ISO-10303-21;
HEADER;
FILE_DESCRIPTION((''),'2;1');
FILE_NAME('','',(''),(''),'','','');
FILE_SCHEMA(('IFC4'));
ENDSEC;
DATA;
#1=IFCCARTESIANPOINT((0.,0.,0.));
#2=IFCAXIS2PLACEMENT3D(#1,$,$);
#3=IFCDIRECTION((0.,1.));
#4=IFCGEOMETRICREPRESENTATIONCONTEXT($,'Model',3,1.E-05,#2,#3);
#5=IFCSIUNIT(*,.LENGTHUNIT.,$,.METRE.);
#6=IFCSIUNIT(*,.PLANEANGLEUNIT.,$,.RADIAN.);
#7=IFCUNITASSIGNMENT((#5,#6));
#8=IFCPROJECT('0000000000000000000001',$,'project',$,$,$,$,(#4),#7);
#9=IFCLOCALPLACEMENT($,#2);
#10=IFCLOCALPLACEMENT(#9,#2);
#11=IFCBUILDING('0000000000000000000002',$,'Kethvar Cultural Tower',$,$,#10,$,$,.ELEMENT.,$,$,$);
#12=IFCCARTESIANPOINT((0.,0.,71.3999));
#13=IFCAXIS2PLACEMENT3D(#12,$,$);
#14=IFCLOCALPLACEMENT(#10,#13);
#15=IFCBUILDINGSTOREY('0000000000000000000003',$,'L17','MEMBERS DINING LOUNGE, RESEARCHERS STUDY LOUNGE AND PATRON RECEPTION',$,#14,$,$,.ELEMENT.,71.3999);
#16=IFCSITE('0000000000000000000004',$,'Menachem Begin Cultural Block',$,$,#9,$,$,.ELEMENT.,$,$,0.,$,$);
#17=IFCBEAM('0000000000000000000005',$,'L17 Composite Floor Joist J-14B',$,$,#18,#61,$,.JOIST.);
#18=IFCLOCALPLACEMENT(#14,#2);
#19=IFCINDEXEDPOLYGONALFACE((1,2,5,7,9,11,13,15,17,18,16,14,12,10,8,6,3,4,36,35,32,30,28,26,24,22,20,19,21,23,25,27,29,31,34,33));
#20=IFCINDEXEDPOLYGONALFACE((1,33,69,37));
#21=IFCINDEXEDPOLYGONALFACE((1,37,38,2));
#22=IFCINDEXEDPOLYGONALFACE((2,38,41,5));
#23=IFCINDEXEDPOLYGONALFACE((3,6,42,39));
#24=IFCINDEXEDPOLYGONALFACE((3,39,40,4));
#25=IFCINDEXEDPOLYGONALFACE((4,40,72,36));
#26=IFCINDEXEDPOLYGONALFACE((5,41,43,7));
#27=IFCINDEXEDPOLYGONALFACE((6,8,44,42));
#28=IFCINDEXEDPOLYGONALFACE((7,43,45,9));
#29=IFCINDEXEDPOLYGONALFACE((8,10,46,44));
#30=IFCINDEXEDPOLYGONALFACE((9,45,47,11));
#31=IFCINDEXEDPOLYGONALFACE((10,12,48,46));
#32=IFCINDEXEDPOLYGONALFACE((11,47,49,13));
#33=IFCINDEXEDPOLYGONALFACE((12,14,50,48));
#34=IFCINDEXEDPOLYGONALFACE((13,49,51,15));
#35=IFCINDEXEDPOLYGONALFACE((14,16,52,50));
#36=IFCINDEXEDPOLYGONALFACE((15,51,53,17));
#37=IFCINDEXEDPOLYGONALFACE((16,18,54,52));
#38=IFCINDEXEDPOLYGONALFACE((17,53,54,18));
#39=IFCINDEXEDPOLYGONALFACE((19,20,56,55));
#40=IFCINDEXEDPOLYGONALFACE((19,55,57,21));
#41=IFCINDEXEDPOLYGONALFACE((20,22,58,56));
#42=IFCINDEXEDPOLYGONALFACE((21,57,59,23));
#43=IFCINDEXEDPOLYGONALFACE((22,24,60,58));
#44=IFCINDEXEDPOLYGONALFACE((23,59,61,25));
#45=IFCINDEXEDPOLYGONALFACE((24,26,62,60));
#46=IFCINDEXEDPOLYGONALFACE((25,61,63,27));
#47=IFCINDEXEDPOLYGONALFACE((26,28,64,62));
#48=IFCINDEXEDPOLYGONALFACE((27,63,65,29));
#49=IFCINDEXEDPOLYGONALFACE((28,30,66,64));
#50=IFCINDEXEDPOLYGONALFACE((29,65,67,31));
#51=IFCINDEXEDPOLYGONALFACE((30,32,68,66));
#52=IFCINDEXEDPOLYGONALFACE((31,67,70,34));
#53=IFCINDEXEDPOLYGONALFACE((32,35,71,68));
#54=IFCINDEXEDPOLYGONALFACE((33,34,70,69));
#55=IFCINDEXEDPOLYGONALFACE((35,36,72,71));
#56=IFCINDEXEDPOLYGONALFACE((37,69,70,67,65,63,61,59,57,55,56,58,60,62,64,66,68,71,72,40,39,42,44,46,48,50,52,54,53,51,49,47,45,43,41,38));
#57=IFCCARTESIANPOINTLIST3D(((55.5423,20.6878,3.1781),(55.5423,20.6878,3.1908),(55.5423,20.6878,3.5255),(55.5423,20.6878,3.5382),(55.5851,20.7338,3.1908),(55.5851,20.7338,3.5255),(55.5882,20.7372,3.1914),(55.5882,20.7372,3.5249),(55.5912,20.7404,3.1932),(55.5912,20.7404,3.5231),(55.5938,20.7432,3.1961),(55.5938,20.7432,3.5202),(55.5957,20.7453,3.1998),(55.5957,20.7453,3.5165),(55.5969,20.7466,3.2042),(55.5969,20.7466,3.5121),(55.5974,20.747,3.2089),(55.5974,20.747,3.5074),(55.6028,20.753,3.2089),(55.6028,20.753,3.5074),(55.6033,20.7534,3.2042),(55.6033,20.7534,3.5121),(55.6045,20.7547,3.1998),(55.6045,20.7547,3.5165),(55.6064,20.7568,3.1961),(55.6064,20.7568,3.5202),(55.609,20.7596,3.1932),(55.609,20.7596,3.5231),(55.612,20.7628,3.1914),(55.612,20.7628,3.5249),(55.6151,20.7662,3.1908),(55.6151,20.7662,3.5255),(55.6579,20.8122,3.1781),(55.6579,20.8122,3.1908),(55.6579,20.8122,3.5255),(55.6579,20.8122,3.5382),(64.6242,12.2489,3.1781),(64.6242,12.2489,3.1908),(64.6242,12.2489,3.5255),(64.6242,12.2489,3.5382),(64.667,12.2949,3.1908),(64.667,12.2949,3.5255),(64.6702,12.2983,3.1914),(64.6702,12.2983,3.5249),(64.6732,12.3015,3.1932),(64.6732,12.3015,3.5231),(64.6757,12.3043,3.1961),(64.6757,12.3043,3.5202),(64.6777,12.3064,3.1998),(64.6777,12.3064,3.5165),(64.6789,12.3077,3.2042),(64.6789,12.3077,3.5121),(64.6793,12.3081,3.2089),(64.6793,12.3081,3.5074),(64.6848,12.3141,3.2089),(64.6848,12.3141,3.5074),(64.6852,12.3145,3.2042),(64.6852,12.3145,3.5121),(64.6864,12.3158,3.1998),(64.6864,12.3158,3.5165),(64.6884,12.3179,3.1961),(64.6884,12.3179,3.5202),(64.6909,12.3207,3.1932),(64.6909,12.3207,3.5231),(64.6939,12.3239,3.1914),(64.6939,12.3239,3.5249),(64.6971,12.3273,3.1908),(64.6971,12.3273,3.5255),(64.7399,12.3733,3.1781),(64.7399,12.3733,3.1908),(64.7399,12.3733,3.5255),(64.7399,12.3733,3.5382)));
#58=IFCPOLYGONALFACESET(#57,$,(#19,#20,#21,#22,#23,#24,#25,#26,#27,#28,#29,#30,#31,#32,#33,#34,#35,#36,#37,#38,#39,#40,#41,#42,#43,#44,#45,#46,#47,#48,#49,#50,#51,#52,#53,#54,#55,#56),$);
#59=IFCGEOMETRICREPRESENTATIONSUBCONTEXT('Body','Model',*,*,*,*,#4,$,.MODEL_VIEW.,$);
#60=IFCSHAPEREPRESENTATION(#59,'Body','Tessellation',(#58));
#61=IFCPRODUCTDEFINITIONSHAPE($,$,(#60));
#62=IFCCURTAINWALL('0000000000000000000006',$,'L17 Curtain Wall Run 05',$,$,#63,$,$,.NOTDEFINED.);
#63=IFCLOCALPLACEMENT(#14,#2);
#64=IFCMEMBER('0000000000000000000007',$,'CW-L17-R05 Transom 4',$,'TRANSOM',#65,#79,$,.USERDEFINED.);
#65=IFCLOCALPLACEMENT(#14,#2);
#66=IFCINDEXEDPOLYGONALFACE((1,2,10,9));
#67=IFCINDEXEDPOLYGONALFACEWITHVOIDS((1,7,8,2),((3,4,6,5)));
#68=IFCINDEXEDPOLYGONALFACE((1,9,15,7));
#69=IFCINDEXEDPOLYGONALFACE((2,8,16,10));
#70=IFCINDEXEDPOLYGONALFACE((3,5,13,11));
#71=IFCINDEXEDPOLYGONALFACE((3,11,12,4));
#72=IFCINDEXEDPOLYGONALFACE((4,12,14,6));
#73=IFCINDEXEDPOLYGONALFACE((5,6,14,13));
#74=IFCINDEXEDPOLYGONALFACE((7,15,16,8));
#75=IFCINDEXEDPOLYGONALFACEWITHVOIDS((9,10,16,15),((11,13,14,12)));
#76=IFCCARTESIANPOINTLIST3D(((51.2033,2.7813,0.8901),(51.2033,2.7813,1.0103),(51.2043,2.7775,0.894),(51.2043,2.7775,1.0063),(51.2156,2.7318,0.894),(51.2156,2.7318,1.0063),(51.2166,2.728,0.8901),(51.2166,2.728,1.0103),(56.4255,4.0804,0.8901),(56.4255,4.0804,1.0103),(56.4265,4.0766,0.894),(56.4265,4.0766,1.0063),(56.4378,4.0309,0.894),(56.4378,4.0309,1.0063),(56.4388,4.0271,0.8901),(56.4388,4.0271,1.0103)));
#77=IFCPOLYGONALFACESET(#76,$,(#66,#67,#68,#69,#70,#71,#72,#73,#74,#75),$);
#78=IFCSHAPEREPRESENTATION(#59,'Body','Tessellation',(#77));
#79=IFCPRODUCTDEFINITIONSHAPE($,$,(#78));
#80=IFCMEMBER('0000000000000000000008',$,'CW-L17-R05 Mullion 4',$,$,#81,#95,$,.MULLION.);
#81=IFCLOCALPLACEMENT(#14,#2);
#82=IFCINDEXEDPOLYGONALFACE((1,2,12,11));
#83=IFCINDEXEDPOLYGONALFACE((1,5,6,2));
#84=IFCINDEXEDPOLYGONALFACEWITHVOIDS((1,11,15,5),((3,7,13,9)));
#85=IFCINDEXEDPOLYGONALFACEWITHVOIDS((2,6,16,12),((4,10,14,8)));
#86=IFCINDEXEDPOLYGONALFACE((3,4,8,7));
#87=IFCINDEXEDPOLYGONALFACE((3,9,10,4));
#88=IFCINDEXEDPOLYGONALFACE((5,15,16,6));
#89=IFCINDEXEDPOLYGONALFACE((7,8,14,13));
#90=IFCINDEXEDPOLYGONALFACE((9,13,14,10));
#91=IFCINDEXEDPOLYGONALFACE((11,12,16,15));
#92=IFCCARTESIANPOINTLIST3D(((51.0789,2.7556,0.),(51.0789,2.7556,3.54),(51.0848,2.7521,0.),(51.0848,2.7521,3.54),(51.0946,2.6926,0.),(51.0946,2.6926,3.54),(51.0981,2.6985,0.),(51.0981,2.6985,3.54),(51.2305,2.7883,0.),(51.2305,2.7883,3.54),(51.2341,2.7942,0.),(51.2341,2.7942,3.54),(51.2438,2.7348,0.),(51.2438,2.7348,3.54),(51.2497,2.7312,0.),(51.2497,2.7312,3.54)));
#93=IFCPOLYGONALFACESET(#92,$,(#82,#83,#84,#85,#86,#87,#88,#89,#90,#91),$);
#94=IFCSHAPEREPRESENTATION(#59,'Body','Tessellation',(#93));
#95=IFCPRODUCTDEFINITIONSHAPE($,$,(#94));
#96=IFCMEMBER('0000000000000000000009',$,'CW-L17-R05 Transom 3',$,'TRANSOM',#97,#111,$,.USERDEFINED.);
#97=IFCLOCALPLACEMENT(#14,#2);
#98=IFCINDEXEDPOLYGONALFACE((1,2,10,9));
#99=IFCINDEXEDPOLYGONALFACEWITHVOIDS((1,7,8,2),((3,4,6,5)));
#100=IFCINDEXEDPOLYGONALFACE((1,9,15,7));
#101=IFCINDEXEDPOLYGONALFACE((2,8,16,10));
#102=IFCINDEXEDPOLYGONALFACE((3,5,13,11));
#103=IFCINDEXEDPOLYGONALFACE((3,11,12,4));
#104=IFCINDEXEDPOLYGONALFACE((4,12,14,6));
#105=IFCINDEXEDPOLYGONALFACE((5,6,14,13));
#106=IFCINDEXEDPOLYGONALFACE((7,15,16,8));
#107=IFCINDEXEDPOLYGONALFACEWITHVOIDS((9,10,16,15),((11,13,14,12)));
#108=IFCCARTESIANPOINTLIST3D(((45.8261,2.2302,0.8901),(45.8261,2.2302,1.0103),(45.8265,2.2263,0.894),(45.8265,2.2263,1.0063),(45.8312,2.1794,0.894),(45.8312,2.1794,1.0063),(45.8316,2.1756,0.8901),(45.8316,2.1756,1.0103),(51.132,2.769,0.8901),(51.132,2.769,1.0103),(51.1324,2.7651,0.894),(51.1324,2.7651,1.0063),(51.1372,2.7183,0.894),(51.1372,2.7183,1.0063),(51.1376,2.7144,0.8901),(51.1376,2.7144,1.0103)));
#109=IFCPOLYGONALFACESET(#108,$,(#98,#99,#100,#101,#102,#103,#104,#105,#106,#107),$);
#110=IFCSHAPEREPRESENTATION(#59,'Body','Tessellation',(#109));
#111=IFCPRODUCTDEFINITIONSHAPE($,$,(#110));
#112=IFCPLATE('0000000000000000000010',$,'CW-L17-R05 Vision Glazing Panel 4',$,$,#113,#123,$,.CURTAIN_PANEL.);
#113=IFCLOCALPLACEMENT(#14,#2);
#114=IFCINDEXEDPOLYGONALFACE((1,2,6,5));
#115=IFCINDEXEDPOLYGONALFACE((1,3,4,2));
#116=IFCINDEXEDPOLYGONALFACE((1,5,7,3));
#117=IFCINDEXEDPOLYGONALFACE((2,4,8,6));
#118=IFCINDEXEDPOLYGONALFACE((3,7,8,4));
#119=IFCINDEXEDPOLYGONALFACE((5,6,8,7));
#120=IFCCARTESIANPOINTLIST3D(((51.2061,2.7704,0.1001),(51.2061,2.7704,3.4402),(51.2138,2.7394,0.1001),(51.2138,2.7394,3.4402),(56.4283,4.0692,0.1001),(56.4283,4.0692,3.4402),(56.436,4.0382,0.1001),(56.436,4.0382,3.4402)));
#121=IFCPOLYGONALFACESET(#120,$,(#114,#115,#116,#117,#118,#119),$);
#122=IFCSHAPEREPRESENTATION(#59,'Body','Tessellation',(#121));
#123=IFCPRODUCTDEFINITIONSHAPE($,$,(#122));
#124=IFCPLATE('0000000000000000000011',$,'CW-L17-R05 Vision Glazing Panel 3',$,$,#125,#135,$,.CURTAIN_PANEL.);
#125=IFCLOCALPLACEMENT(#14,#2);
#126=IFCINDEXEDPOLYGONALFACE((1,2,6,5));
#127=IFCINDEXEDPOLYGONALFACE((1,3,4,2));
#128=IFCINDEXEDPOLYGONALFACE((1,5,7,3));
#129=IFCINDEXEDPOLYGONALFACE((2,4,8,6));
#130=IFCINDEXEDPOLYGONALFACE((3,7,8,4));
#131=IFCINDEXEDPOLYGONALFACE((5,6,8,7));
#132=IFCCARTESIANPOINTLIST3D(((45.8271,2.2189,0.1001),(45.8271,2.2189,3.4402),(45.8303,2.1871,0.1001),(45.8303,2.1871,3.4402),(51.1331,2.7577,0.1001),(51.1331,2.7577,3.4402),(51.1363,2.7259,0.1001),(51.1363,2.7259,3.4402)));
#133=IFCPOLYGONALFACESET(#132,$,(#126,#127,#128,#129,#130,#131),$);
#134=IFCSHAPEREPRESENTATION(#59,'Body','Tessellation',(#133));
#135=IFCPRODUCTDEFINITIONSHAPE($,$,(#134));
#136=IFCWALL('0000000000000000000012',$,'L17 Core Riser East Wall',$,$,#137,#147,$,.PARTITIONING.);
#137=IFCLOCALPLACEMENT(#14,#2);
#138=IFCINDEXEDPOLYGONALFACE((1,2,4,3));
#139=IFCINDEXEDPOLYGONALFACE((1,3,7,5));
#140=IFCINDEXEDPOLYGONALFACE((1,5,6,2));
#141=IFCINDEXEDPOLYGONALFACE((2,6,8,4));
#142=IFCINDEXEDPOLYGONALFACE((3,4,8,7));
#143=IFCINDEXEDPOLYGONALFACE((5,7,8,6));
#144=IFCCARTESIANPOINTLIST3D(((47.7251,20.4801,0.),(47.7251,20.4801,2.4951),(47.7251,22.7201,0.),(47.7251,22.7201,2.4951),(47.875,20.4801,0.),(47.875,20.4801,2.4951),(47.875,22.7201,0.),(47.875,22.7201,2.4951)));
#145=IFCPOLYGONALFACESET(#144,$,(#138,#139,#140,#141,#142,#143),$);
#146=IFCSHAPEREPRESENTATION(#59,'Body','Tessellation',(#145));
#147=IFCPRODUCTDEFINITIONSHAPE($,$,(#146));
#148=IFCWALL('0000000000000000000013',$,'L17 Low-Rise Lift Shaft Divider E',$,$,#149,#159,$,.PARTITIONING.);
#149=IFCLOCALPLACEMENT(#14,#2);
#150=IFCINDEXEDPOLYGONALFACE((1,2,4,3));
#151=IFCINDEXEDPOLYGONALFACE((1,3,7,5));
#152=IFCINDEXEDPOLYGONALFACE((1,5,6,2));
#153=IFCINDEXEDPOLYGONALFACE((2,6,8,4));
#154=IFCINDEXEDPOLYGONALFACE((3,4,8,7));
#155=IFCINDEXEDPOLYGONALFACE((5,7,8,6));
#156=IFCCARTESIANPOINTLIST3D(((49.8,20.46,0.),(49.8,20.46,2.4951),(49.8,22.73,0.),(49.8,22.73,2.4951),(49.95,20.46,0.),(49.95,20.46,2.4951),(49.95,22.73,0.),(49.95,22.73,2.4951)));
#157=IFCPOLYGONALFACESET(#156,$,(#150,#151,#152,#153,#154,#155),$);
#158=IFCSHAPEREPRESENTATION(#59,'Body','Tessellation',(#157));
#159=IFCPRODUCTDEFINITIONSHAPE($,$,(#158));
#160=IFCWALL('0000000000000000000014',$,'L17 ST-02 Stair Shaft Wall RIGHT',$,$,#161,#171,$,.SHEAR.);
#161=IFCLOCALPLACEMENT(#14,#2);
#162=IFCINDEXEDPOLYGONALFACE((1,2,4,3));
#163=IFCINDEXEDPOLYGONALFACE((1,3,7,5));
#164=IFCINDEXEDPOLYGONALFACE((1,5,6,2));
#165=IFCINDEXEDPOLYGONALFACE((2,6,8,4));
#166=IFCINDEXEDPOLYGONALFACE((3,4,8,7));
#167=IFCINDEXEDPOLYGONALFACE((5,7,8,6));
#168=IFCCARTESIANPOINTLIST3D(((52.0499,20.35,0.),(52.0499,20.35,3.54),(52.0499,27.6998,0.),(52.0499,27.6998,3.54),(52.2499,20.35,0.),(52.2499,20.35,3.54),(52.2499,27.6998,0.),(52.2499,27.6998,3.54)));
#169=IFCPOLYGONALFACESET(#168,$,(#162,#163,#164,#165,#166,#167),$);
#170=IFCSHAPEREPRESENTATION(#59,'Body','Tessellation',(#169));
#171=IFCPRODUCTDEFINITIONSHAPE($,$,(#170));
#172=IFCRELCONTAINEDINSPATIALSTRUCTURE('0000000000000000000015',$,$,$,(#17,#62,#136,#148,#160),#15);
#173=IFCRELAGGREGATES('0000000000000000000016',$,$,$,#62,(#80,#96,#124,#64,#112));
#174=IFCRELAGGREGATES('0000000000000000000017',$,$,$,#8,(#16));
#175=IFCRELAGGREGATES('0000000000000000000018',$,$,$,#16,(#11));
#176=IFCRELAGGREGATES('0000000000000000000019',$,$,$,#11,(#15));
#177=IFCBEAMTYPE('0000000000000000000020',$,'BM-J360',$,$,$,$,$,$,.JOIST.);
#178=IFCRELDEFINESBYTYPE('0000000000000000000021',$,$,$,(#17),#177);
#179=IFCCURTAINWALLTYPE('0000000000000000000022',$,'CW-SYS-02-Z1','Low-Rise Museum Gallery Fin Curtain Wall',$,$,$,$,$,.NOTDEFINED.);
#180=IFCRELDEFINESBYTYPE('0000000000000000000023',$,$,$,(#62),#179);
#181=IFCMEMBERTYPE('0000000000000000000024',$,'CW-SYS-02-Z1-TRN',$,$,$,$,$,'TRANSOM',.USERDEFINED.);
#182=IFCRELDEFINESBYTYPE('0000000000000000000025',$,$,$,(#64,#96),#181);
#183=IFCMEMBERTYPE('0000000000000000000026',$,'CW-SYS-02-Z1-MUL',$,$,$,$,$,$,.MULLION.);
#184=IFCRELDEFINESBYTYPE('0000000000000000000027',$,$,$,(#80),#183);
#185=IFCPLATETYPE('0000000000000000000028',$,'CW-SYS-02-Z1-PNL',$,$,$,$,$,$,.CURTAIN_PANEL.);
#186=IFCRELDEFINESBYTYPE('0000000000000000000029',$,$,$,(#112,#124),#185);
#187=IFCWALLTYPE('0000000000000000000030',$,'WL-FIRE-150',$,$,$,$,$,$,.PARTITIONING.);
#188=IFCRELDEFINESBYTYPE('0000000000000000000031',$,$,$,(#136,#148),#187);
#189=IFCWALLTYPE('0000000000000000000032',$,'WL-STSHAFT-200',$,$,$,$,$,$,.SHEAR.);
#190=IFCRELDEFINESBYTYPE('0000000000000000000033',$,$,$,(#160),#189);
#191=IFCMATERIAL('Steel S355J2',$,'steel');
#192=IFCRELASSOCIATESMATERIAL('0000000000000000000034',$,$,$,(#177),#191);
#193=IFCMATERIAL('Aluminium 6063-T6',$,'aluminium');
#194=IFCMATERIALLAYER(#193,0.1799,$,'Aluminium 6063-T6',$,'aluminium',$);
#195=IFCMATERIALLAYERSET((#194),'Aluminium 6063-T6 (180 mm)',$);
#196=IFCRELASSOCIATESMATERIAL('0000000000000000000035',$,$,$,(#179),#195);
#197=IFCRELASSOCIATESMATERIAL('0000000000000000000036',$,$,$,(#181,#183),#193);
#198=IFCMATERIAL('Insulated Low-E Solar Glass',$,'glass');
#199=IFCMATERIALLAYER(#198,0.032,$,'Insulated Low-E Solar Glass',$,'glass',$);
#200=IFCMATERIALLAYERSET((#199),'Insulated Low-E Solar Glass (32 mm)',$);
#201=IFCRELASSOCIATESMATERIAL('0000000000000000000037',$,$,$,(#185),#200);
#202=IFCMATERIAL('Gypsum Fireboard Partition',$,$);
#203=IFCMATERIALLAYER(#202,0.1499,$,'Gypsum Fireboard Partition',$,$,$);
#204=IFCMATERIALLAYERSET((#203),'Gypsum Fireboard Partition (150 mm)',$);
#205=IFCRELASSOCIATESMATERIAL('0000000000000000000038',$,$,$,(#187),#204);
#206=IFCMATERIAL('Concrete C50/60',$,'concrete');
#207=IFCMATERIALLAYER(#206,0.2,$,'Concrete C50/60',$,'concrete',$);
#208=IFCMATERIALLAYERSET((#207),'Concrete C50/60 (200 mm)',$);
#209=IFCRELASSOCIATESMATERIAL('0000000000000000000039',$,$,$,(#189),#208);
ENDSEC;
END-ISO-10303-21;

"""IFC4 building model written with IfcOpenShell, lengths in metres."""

from ifc_helpers import new_model, si_unit, direction, frame, frame_2d, origin, origin_2d, place, context, subcontext, project, spatial, rectangle, hollow_rectangle, i_section, extrude, source, transform, mapped, material, layer, layer_set, material_profile, profile_set, type_object, element, aggregate, save


model = new_model("IFC4")

# Units and contexts
model_context = context("Model", 3, precision=1e-05, world=origin(), true_north=direction((0.0, 1.0)))
body_context = subcontext(model_context, "Body", "Model", "MODEL_VIEW")
ifc_project = project(units=[si_unit("LENGTHUNIT", "METRE"), si_unit("PLANEANGLEUNIT", "RADIAN")], contexts=[model_context])

# Site, building, storey
site_placement = place(None, origin())
site = spatial("IfcSite", under=ifc_project, at=site_placement, Name="Menachem Begin Cultural Block", CompositionType="ELEMENT", RefElevation=0.0)
building_placement = place(site_placement, origin())
building = spatial("IfcBuilding", under=site, at=building_placement, Name="Kethvar Cultural Tower", CompositionType="ELEMENT")
storey_placement = place(building_placement, frame((0.0, 0.0, 71.3999)))
storey = spatial("IfcBuildingStorey", under=building, at=storey_placement, Name="L17", Description="MEMBERS DINING LOUNGE, RESEARCHERS STUDY LOUNGE AND PATRON RECEPTION", CompositionType="ELEMENT", Elevation=71.3999)

# Beam
ifc_material_1 = material(Name="Steel S355J2", Category="steel")
ifc_material_profile_1 = material_profile(ifc_material_1, i_section(OverallWidth=0.1699, OverallDepth=0.3601, WebThickness=0.0081, FlangeThickness=0.0127, FilletRadius=0.0181, at=origin_2d()), Name="Steel S355J2 — IPE360")
ifc_profile_set_1 = profile_set([ifc_material_profile_1], Name="Steel S355J2 — IPE360")
beam_type_1 = type_object("IfcBeamType", Name="BM-J360", PredefinedType="JOIST", material=ifc_profile_set_1)
shared_shape_1 = source(origin(), body_context, "Body", "SweptSolid", [
    extrude(i_section(OverallWidth=0.1699, OverallDepth=0.3601, WebThickness=0.0081, FlangeThickness=0.0127, FilletRadius=0.0181, at=origin_2d()), origin(), (0.0, 0.0, 1.0), 12.3975),
])
beam_1_placement = place(storey_placement, frame((55.6001, 20.75, 3.3582), z_axis=(0.732566, -0.680696, 0.0), x_axis=(0.680696, 0.732566, 0.0)))
element("IfcBeam", 1, at=beam_1_placement, inside=storey, type_object=beam_type_1, Name="L17 Composite Floor Joist J-14B", PredefinedType="JOIST", context=body_context, shape_type="MappedRepresentation", body=[
    mapped(shared_shape_1, transform((0.0, 0.0, 0.0), scale=1.0)),
])

# Curtain wall, members, plates
ifc_material_2 = material(Name="Aluminium 6063-T6", Category="aluminium")
ifc_layer_1 = layer(ifc_material_2, 0.1799, Name="Aluminium 6063-T6", Category="aluminium")
ifc_layer_set_1 = layer_set([ifc_layer_1], Name="Aluminium 6063-T6 (180 mm)")
curtain_wall_type = type_object("IfcCurtainWallType", Name="CW-SYS-02-Z1", Description="Low-Rise Museum Gallery Fin Curtain Wall", PredefinedType="NOTDEFINED", material=ifc_layer_set_1)
curtain_wall_placement = place(storey_placement, origin())
curtain_wall = element("IfcCurtainWall", 2, at=curtain_wall_placement, inside=storey, type_object=curtain_wall_type, Name="L17 Curtain Wall Run 05", PredefinedType="NOTDEFINED")
ifc_material_profile_2 = material_profile(ifc_material_2, hollow_rectangle(XDim=0.0549, YDim=0.1201, WallThickness=0.0039, at=origin_2d()), Name="Aluminium 6063-T6 — RHS120x55x4")
ifc_profile_set_2 = profile_set([ifc_material_profile_2], Name="Aluminium 6063-T6 — RHS120x55x4")
member_type_1 = type_object("IfcMemberType", Name="CW-SYS-02-Z1-TRN", ElementType="TRANSOM", PredefinedType="USERDEFINED", material=ifc_profile_set_2)
shared_shape_2 = source(origin(), body_context, "Body", "SweptSolid", [
    extrude(hollow_rectangle(XDim=0.0549, YDim=0.1201, WallThickness=0.0039, at=origin_2d()), origin(), (0.0, 0.0, 1.0), 5.3813),
])
member_1_placement = place(storey_placement, frame((51.21, 2.7546, 0.9502), z_axis=(0.970425, 0.241404, 0.0), x_axis=(-0.241404, 0.970425, 0.0)))
member_1 = element("IfcMember", 3, at=member_1_placement, type_object=member_type_1, Name="CW-L17-R05 Transom 4", ObjectType="TRANSOM", PredefinedType="USERDEFINED", context=body_context, shape_type="MappedRepresentation", body=[
    mapped(shared_shape_2, transform((0.0, 0.0, 0.0), scale=1.0)),
])
ifc_material_profile_3 = material_profile(ifc_material_2, hollow_rectangle(XDim=0.0649, YDim=0.1599, WallThickness=0.0049, at=origin_2d()), Name="Aluminium 6063-T6 — RHS160x65x5")
ifc_profile_set_3 = profile_set([ifc_material_profile_3], Name="Aluminium 6063-T6 — RHS160x65x5")
member_type_2 = type_object("IfcMemberType", Name="CW-SYS-02-Z1-MUL", PredefinedType="MULLION", material=ifc_profile_set_3)
shared_shape_3 = source(origin(), body_context, "Body", "SweptSolid", [
    extrude(hollow_rectangle(XDim=0.0649, YDim=0.1599, WallThickness=0.0049, at=origin_2d()), origin(), (0.0, 0.0, 1.0), 3.54),
])
member_2_placement = place(storey_placement, frame((51.1643, 2.7434, 0.0), z_axis=(0.0, 0.0, 1.0), x_axis=(-0.241346, 0.970439, 0.0)))
member_2 = element("IfcMember", 4, at=member_2_placement, type_object=member_type_2, Name="CW-L17-R05 Mullion 4", PredefinedType="MULLION", context=body_context, shape_type="MappedRepresentation", body=[
    mapped(shared_shape_3, transform((0.0, 0.0, 0.0), scale=1.0)),
])
shared_shape_4 = source(origin(), body_context, "Body", "SweptSolid", [
    extrude(hollow_rectangle(XDim=0.0549, YDim=0.1201, WallThickness=0.0039, at=origin_2d()), origin(), (0.0, 0.0, 1.0), 5.3333),
])
member_3_placement = place(storey_placement, frame((45.8289, 2.2029, 0.9502), z_axis=(0.994883, 0.101031, 0.0), x_axis=(-0.101031, 0.994883, 0.0)))
member_3 = element("IfcMember", 5, at=member_3_placement, type_object=member_type_1, Name="CW-L17-R05 Transom 3", ObjectType="TRANSOM", PredefinedType="USERDEFINED", context=body_context, shape_type="MappedRepresentation", body=[
    mapped(shared_shape_4, transform((0.0, 0.0, 0.0), scale=1.0)),
])
ifc_material_3 = material(Name="Insulated Low-E Solar Glass", Category="glass")
ifc_layer_2 = layer(ifc_material_3, 0.032, Name="Insulated Low-E Solar Glass", Category="glass")
ifc_layer_set_2 = layer_set([ifc_layer_2], Name="Insulated Low-E Solar Glass (32 mm)")
plate_type = type_object("IfcPlateType", Name="CW-SYS-02-Z1-PNL", PredefinedType="CURTAIN_PANEL", material=ifc_layer_set_2)
shared_shape_5 = source(origin(), body_context, "Body", "SweptSolid", [
    extrude(rectangle(XDim=5.3813, YDim=0.032, at=origin_2d()), origin(), (0.0, 0.0, 1.0), 3.3401),
])
plate_1_placement = place(storey_placement, frame((53.821, 3.4043, 0.1001), z_axis=(0.0, 0.0, 1.0), x_axis=(0.970439, 0.241346, 0.0)))
plate_1 = element("IfcPlate", 6, at=plate_1_placement, type_object=plate_type, Name="CW-L17-R05 Vision Glazing Panel 4", PredefinedType="CURTAIN_PANEL", context=body_context, shape_type="MappedRepresentation", body=[
    mapped(shared_shape_5, transform((0.0, 0.0, 0.0), scale=1.0)),
])
shared_shape_6 = source(origin(), body_context, "Body", "SweptSolid", [
    extrude(rectangle(XDim=5.3333, YDim=0.032, at=origin_2d()), origin(), (0.0, 0.0, 1.0), 3.3401),
])
plate_2_placement = place(storey_placement, frame((48.4817, 2.4724, 0.1001), z_axis=(0.0, 0.0, 1.0), x_axis=(0.994884, 0.101022, 0.0)))
plate_2 = element("IfcPlate", 7, at=plate_2_placement, type_object=plate_type, Name="CW-L17-R05 Vision Glazing Panel 3", PredefinedType="CURTAIN_PANEL", context=body_context, shape_type="MappedRepresentation", body=[
    mapped(shared_shape_6, transform((0.0, 0.0, 0.0), scale=1.0)),
])
aggregate(curtain_wall, [member_2, member_3, plate_2, member_1, plate_1])

# Walls
ifc_material_4 = material(Name="Gypsum Fireboard Partition")
ifc_layer_3 = layer(ifc_material_4, 0.1499, Name="Gypsum Fireboard Partition")
ifc_layer_set_3 = layer_set([ifc_layer_3], Name="Gypsum Fireboard Partition (150 mm)")
wall_type_1 = type_object("IfcWallType", Name="WL-FIRE-150", PredefinedType="PARTITIONING", material=ifc_layer_set_3)
wall_1_placement = place(storey_placement, frame((47.8, 20.48, 0.0), z_axis=(0.0, 0.0, 1.0), x_axis=(0.0, 1.0, 0.0)))
element("IfcWall", 8, at=wall_1_placement, inside=storey, type_object=wall_type_1, Name="L17 Core Riser East Wall", PredefinedType="PARTITIONING", context=body_context, shape_type="SweptSolid", body=[
    extrude(rectangle(XDim=2.24, YDim=0.1499, at=frame_2d((1.1201, 0.0))), origin(), (0.0, 0.0, 1.0), 2.4951),
])
wall_2_placement = place(storey_placement, frame((49.875, 20.46, 0.0), z_axis=(0.0, 0.0, 1.0), x_axis=(0.0, 1.0, 0.0)))
element("IfcWall", 9, at=wall_2_placement, inside=storey, type_object=wall_type_1, Name="L17 Low-Rise Lift Shaft Divider E", PredefinedType="PARTITIONING", context=body_context, shape_type="SweptSolid", body=[
    extrude(rectangle(XDim=2.27, YDim=0.1499, at=frame_2d((1.135, 0.0))), origin(), (0.0, 0.0, 1.0), 2.4951),
])
ifc_material_5 = material(Name="Concrete C50/60", Category="concrete")
ifc_layer_4 = layer(ifc_material_5, 0.2, Name="Concrete C50/60", Category="concrete")
ifc_layer_set_4 = layer_set([ifc_layer_4], Name="Concrete C50/60 (200 mm)")
wall_type_2 = type_object("IfcWallType", Name="WL-STSHAFT-200", PredefinedType="SHEAR", material=ifc_layer_set_4)
wall_3_placement = place(storey_placement, frame((52.1499, 20.3501, 0.0), z_axis=(0.0, 0.0, 1.0), x_axis=(0.0, 1.0, 0.0)))
element("IfcWall", 10, at=wall_3_placement, inside=storey, type_object=wall_type_2, Name="L17 ST-02 Stair Shaft Wall RIGHT", PredefinedType="SHEAR", context=body_context, shape_type="SweptSolid", body=[
    extrude(rectangle(XDim=7.3499, YDim=0.2, at=frame_2d((3.6748, 0.0))), origin(), (0.0, 0.0, 1.0), 3.54),
])

save(model, "model.ifc")
